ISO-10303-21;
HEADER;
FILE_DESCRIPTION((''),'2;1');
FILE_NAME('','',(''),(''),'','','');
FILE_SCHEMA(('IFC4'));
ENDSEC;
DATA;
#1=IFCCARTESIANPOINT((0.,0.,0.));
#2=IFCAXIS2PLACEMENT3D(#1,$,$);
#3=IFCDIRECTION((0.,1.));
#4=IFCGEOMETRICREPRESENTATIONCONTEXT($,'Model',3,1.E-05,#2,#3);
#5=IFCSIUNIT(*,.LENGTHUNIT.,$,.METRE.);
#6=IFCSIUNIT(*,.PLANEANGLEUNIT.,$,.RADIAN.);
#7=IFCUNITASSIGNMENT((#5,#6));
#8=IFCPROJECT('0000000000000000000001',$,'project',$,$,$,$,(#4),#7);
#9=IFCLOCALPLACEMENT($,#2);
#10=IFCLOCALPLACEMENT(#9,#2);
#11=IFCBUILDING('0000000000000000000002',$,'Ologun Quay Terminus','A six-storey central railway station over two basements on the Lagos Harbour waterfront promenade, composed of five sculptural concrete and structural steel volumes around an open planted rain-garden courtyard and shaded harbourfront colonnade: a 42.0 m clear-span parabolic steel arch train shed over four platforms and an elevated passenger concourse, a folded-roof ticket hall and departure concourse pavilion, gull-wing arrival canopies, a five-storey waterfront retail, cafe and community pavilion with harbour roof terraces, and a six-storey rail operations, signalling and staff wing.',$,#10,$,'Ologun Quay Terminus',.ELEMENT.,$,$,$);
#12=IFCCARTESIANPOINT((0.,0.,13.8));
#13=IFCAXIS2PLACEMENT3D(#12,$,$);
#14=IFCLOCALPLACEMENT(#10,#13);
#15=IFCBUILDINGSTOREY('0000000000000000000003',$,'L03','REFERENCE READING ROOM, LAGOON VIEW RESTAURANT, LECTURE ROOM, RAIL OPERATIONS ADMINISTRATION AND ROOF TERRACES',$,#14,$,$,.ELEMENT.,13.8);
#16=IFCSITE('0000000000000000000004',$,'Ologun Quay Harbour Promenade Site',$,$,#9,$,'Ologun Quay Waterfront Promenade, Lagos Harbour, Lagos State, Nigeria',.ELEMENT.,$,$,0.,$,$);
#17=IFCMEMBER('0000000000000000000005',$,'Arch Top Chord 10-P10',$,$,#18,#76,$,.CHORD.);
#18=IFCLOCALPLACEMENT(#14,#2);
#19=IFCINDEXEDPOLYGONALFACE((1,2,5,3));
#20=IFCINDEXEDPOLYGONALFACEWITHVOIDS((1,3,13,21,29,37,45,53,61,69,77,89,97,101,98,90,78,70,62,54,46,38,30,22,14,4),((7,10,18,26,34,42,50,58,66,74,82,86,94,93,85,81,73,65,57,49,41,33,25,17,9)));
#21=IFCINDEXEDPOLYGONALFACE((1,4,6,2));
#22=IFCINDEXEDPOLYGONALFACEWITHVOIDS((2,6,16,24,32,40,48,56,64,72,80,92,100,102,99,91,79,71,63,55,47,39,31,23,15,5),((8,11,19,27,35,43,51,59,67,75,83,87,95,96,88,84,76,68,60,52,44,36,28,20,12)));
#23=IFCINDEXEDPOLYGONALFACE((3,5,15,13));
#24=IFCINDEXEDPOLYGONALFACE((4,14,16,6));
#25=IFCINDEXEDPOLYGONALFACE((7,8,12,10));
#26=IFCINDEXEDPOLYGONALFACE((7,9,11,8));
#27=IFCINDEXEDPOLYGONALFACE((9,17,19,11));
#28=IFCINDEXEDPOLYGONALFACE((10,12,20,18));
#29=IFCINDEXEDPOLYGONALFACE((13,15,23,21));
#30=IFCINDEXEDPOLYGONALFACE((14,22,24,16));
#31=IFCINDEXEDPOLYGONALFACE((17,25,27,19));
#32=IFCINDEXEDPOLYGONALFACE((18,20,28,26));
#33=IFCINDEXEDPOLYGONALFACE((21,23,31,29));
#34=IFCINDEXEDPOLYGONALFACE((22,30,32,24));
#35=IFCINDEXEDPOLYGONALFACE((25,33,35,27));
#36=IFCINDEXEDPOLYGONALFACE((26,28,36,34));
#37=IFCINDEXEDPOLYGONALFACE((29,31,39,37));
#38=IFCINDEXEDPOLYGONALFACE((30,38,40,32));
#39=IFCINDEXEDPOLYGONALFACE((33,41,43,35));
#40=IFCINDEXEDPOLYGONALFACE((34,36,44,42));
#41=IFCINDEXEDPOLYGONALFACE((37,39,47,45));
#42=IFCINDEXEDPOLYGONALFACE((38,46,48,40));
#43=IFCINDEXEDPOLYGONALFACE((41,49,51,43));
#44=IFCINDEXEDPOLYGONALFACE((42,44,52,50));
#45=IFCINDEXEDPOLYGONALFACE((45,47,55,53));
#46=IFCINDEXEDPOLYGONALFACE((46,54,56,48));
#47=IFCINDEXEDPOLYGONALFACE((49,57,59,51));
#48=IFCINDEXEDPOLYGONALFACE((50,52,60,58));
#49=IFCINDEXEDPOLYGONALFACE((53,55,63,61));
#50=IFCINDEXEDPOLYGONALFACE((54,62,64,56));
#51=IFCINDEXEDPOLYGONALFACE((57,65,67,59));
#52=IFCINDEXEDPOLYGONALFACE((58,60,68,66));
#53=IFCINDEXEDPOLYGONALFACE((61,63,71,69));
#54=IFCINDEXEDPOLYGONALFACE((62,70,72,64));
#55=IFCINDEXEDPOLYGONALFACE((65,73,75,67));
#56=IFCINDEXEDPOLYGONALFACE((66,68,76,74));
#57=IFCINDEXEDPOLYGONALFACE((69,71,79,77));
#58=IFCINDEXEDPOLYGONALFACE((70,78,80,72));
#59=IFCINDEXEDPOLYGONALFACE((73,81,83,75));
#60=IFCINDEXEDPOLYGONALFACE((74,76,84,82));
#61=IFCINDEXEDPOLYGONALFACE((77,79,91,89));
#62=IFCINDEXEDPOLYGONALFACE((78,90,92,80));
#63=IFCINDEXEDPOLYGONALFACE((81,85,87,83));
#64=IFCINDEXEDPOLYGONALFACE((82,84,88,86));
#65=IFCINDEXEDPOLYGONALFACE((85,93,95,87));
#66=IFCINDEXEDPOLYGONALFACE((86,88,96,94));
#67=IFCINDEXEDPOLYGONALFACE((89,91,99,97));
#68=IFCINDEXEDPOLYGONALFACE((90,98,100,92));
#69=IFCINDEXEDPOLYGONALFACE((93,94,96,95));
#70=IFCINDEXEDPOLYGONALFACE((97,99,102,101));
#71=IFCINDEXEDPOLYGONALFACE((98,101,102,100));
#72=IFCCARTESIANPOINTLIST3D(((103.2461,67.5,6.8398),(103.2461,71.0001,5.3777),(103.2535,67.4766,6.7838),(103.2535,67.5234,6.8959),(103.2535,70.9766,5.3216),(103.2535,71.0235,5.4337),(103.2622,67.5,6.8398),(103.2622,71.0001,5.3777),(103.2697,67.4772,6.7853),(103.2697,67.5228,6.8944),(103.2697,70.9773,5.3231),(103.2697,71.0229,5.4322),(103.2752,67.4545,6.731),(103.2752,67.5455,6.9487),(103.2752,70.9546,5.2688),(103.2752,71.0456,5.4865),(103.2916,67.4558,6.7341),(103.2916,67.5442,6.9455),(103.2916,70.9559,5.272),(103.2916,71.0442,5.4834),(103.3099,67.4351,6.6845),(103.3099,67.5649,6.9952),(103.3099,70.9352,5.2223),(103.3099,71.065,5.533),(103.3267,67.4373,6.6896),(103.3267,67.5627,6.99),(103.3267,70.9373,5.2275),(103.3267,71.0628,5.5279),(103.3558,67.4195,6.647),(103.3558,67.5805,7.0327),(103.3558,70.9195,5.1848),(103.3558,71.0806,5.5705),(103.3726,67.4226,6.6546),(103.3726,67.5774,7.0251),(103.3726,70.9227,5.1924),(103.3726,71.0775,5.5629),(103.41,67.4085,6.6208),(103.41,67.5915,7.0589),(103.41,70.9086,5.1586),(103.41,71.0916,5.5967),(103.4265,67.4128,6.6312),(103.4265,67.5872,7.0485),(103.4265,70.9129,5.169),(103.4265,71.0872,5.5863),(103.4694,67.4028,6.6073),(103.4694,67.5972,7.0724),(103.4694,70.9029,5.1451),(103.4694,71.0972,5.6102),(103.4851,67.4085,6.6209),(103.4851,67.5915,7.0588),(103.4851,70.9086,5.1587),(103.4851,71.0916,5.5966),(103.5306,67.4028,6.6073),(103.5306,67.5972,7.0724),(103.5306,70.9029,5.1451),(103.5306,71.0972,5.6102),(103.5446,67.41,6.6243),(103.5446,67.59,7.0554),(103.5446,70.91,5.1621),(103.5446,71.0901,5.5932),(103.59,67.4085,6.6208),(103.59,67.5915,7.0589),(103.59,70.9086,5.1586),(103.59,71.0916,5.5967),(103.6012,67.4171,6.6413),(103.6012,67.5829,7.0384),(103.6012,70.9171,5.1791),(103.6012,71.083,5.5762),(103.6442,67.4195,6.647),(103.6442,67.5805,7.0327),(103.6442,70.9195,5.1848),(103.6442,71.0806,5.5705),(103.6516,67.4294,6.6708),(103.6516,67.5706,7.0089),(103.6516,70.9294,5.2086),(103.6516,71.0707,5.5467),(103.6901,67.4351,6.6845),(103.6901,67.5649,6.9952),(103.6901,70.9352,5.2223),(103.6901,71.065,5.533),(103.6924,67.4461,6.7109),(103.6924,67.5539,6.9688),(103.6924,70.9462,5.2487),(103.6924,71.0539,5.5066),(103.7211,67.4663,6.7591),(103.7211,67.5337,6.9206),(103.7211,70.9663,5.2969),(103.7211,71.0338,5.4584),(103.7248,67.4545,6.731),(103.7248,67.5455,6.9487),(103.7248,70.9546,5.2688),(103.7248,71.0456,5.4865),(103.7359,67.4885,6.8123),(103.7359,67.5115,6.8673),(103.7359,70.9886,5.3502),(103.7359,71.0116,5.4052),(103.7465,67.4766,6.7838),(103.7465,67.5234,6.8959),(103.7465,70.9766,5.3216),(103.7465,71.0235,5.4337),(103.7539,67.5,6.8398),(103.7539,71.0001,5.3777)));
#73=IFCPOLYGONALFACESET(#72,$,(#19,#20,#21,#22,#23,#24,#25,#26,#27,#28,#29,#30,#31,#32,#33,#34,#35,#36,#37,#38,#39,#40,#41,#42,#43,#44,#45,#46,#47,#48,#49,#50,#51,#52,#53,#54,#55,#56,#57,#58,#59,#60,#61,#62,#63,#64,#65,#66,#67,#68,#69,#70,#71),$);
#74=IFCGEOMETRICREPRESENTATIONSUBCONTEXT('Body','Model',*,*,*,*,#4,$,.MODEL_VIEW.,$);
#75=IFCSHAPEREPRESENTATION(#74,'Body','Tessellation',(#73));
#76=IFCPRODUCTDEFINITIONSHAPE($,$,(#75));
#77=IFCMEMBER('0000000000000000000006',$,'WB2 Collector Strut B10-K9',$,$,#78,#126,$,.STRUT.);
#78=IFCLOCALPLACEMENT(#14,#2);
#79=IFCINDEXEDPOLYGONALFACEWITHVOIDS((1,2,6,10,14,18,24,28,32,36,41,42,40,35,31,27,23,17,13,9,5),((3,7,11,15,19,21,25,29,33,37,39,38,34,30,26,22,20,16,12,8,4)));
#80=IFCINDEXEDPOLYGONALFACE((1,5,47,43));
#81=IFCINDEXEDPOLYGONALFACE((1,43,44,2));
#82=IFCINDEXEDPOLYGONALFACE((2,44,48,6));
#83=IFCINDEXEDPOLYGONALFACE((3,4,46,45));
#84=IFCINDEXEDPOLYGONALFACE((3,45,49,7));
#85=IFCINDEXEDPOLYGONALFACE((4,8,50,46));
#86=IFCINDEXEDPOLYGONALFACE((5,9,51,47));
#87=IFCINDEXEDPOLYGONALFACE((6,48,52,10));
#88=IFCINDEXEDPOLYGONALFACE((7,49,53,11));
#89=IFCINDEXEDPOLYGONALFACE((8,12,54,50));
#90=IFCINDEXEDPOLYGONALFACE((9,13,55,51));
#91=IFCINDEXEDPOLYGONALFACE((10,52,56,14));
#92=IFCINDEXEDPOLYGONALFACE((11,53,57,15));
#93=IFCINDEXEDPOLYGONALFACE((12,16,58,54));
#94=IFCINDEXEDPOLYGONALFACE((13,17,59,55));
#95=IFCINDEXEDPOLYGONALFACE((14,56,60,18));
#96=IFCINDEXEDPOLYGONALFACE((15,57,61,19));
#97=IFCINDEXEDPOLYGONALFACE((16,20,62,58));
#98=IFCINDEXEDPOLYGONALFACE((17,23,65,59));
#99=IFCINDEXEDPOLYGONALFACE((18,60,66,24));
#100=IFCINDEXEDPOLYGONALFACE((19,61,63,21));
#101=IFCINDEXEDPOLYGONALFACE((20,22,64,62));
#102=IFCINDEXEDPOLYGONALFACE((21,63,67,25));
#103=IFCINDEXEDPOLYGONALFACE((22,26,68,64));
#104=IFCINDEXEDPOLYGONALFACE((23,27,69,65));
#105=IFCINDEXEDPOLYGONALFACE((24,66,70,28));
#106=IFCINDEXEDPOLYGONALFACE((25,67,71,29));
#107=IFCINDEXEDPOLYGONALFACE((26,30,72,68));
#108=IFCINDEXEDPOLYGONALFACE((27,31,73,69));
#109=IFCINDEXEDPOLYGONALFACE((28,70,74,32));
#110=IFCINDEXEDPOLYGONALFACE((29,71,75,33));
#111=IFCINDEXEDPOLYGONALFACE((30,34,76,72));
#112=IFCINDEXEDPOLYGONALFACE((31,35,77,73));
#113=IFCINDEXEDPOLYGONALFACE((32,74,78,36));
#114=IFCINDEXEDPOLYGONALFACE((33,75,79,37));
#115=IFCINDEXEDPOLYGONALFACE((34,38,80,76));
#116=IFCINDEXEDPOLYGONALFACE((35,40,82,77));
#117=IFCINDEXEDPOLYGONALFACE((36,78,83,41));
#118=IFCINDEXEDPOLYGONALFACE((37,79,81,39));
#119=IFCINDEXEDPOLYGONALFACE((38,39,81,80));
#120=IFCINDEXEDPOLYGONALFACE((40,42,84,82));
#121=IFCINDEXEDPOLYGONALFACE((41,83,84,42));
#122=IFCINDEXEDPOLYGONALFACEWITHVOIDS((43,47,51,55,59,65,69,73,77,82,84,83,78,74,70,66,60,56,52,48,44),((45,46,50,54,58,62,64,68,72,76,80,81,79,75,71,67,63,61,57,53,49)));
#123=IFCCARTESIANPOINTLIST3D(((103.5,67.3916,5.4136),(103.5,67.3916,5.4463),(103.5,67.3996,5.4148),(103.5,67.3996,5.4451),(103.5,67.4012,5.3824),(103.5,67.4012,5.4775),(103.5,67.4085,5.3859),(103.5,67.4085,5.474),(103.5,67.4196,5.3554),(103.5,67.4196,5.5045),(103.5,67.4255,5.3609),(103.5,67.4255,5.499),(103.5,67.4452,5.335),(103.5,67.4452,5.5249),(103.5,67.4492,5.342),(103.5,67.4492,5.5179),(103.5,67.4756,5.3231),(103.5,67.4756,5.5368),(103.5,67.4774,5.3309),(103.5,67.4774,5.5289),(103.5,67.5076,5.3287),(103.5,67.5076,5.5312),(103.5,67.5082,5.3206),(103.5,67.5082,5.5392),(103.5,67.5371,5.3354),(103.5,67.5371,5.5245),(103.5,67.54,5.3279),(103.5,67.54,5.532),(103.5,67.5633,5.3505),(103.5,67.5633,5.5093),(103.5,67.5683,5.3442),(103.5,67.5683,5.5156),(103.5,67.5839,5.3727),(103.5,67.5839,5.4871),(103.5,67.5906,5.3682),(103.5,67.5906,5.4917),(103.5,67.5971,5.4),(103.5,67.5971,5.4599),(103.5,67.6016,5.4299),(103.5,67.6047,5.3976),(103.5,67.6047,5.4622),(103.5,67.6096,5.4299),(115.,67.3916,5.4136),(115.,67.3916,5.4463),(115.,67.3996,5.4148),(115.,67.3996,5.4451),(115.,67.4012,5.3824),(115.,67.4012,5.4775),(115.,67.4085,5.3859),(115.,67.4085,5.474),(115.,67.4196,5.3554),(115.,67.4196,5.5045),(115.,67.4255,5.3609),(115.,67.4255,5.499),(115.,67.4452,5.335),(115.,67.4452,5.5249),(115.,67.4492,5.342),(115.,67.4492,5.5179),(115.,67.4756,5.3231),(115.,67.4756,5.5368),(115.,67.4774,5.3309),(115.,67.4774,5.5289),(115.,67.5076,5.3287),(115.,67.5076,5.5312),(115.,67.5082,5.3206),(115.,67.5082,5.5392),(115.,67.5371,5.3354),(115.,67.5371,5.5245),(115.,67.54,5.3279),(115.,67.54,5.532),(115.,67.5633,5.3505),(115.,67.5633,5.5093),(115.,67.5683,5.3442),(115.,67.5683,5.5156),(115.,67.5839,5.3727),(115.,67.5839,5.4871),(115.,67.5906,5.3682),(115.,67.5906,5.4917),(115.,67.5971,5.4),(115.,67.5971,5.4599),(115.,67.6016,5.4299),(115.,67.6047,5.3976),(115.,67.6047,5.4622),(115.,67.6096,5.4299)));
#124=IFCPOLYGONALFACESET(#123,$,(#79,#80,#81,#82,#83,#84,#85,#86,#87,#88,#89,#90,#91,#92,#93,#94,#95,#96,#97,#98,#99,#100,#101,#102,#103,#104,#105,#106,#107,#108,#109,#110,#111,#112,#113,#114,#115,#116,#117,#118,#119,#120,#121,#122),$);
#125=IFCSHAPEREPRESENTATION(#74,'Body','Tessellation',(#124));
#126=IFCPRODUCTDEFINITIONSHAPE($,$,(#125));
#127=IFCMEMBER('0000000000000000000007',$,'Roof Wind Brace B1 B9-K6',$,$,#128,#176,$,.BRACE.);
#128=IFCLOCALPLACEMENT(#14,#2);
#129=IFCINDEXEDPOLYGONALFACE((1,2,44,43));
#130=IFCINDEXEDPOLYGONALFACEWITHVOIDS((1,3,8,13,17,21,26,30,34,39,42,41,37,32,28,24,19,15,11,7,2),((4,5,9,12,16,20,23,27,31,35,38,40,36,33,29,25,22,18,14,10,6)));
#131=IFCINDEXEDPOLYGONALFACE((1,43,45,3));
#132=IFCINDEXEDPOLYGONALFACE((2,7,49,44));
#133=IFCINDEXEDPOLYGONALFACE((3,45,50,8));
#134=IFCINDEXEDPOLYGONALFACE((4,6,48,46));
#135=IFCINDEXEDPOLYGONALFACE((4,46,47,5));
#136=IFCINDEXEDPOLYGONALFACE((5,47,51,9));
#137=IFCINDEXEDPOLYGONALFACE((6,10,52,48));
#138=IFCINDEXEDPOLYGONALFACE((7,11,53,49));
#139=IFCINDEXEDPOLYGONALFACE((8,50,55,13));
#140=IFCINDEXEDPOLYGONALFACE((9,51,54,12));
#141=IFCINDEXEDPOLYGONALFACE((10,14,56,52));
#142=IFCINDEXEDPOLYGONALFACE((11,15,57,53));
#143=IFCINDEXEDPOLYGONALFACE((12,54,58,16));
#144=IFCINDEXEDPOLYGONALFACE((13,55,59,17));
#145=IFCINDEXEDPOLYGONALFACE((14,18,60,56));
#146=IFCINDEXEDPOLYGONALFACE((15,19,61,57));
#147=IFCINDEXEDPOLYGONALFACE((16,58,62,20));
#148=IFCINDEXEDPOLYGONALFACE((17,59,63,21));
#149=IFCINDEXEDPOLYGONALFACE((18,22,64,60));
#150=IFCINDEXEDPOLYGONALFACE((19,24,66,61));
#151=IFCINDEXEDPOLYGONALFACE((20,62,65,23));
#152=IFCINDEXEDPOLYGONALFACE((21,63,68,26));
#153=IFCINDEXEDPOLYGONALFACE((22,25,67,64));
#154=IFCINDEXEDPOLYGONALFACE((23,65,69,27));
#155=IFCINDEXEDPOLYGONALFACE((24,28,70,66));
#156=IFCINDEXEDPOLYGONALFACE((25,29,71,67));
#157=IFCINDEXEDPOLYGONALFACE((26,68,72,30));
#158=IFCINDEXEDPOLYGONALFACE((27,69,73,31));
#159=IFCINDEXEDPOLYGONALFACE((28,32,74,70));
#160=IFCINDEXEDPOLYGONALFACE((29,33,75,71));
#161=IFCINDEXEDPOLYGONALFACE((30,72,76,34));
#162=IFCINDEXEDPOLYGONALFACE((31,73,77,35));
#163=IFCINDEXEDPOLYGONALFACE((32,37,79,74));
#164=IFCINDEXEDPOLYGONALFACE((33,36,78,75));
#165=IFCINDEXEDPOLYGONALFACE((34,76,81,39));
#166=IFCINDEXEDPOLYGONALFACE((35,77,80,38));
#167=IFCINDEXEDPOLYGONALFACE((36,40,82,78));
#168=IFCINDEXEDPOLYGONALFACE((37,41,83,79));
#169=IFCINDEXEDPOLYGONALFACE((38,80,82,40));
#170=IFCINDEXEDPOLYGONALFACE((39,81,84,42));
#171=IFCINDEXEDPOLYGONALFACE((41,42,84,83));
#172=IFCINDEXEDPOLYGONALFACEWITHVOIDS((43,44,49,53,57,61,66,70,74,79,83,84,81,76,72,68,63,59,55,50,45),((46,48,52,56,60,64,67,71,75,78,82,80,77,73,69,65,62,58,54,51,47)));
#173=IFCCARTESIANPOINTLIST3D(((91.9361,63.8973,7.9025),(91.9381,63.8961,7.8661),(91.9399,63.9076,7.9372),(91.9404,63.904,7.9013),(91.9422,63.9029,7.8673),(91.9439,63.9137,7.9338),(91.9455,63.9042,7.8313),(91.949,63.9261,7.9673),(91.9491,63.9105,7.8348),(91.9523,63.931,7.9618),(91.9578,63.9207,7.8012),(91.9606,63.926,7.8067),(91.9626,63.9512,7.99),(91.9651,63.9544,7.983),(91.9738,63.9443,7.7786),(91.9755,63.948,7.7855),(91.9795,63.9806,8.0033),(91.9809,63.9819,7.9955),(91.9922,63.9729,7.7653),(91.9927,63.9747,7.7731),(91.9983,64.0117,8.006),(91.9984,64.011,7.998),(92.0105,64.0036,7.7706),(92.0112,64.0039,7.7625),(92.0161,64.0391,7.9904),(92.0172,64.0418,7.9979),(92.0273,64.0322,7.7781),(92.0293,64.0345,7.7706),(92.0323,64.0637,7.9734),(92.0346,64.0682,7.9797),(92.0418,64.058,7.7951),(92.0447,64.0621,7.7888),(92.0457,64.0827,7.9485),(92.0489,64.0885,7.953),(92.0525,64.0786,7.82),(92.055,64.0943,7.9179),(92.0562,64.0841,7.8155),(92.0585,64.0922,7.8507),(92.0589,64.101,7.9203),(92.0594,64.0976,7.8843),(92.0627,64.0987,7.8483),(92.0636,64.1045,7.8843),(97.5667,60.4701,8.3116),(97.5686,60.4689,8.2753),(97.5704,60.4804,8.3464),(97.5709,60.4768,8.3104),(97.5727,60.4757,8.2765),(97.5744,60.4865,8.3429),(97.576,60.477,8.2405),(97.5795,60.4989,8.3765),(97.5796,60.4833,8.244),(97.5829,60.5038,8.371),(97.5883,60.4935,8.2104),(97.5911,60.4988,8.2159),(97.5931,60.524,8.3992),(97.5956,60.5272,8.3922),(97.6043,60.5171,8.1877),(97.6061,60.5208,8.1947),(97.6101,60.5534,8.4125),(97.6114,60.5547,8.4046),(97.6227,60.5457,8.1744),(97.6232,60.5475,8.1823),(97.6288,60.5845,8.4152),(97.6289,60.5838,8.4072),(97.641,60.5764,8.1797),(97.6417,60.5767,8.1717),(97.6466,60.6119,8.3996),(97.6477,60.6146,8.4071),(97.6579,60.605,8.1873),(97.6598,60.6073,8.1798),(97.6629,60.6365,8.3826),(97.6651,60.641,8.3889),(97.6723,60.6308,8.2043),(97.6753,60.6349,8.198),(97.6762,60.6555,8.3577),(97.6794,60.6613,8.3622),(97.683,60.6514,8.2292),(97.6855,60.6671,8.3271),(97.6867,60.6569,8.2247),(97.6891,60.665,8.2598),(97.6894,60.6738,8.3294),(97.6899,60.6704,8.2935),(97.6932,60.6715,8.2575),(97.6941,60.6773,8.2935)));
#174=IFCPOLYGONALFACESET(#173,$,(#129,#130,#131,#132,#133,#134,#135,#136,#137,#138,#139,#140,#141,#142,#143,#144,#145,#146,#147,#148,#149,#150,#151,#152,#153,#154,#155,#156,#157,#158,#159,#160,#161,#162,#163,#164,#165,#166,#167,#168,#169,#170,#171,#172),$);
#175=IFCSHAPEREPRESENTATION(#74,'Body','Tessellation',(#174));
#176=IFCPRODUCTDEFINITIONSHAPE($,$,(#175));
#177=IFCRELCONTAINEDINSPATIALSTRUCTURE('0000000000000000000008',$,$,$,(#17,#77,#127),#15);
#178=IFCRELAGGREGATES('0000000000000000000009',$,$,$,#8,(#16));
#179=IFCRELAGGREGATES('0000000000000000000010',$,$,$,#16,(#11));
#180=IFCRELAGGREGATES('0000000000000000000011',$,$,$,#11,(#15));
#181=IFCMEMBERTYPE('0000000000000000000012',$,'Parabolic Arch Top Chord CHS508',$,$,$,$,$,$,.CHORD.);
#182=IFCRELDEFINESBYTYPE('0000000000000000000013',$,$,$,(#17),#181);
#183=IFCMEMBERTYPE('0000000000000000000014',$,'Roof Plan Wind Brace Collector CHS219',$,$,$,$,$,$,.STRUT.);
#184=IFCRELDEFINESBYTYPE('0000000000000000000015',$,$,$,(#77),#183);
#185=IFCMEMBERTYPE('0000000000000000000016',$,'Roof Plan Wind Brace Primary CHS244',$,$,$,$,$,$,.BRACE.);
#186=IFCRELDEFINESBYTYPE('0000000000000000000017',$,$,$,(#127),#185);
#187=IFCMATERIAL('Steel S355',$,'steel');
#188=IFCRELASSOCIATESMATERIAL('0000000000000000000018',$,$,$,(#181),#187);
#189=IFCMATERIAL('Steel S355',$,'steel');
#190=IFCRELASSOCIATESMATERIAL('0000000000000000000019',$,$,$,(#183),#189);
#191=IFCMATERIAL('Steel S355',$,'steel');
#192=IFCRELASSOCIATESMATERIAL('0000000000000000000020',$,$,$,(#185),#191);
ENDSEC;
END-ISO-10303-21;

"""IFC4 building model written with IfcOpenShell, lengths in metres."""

from ifc_helpers import new_model, si_unit, direction, frame, origin, origin_2d, place, context, subcontext, project, spatial, hollow_circle, extrude, material, material_profile, profile_set, type_object, element, save


model = new_model("IFC4")

# Units and contexts
model_context = context("Model", 3, precision=1e-05, world=origin(), true_north=direction((0.0, 1.0)))
body_context = subcontext(model_context, "Body", "Model", "MODEL_VIEW")
ifc_project = project(units=[si_unit("LENGTHUNIT", "METRE"), si_unit("PLANEANGLEUNIT", "RADIAN")], contexts=[model_context])

# Site, building, storey
site_placement = place(None, origin())
site = spatial("IfcSite", under=ifc_project, at=site_placement, Name="Ologun Quay Harbour Promenade Site", LongName="Ologun Quay Waterfront Promenade, Lagos Harbour, Lagos State, Nigeria", CompositionType="ELEMENT", RefElevation=0.0)
building_placement = place(site_placement, origin())
building = spatial("IfcBuilding", under=site, at=building_placement, Name="Ologun Quay Terminus", Description="A six-storey central railway station over two basements on the Lagos Harbour waterfront promenade, composed of five sculptural concrete and structural steel volumes around an open planted rain-garden courtyard and shaded harbourfront colonnade: a 42.0 m clear-span parabolic steel arch train shed over four platforms and an elevated passenger concourse, a folded-roof ticket hall and departure concourse pavilion, gull-wing arrival canopies, a five-storey waterfront retail, cafe and community pavilion with harbour roof terraces, and a six-storey rail operations, signalling and staff wing.", LongName="Ologun Quay Terminus", CompositionType="ELEMENT")
storey_placement = place(building_placement, frame((0.0, 0.0, 13.8)))
storey = spatial("IfcBuildingStorey", under=building, at=storey_placement, Name="L03", Description="REFERENCE READING ROOM, LAGOON VIEW RESTAURANT, LECTURE ROOM, RAIL OPERATIONS ADMINISTRATION AND ROOF TERRACES", CompositionType="ELEMENT", Elevation=13.8)

# Members
ifc_material_1 = material(Name="Steel S355", Category="steel")
ifc_material_profile_1 = material_profile(ifc_material_1, hollow_circle(Radius=0.2539, WallThickness=0.0161, at=origin_2d()), Name="CHS 508x16")
ifc_profile_set_1 = profile_set([ifc_material_profile_1], Name="Steel S355")
member_type_1 = type_object("IfcMemberType", Name="Parabolic Arch Top Chord CHS508", PredefinedType="CHORD", material=ifc_profile_set_1)
member_1_placement = place(storey_placement, frame((103.5, 67.5, 6.8398), z_axis=(0.0, 0.922719, -0.385474), x_axis=(-1.0, 0.0, 0.0)))
element("IfcMember", 1, at=member_1_placement, inside=storey, type_object=member_type_1, Name="Arch Top Chord 10-P10", PredefinedType="CHORD", context=body_context, shape_type="SweptSolid", body=[
    extrude(hollow_circle(Radius=0.2539, WallThickness=0.0161, at=origin_2d()), origin(), (0.0, 0.0, 1.0), 3.7932),
])
ifc_material_2 = material(Name="Steel S355", Category="steel")
ifc_material_profile_2 = material_profile(ifc_material_2, hollow_circle(Radius=0.1096, WallThickness=0.0081, at=origin_2d()), Name="CHS 219.1x8")
ifc_profile_set_2 = profile_set([ifc_material_profile_2], Name="Steel S355")
member_type_2 = type_object("IfcMemberType", Name="Roof Plan Wind Brace Collector CHS219", PredefinedType="STRUT", material=ifc_profile_set_2)
member_2_placement = place(storey_placement, frame((103.5, 67.5, 5.4299), z_axis=(1.0, 0.0, 0.0), x_axis=(0.0, 1.0, 0.0)))
element("IfcMember", 2, at=member_2_placement, inside=storey, type_object=member_type_2, Name="WB2 Collector Strut B10-K9", PredefinedType="STRUT", context=body_context, shape_type="SweptSolid", body=[
    extrude(hollow_circle(Radius=0.1096, WallThickness=0.0081, at=origin_2d()), origin(), (0.0, 0.0, 1.0), 11.5),
])
ifc_material_3 = material(Name="Steel S355", Category="steel")
ifc_material_profile_3 = material_profile(ifc_material_3, hollow_circle(Radius=0.1223, WallThickness=0.0081, at=origin_2d()), Name="CHS 244.5x8")
ifc_profile_set_3 = profile_set([ifc_material_profile_3], Name="Steel S355")
member_type_3 = type_object("IfcMemberType", Name="Roof Plan Wind Brace Primary CHS244", PredefinedType="BRACE", material=ifc_profile_set_3)
member_3_placement = place(storey_placement, frame((92.0, 64.0, 7.8843), z_axis=(0.852563, -0.518939, 0.061956), x_axis=(0.519938, 0.854204, 0.0)))
element("IfcMember", 3, at=member_3_placement, inside=storey, type_object=member_type_3, Name="Roof Wind Brace B1 B9-K6", PredefinedType="BRACE", context=body_context, shape_type="SweptSolid", body=[
    extrude(hollow_circle(Radius=0.1223, WallThickness=0.0081, at=origin_2d()), origin(), (0.0, 0.0, 1.0), 6.6042),
])

save(model, "model.ifc")
